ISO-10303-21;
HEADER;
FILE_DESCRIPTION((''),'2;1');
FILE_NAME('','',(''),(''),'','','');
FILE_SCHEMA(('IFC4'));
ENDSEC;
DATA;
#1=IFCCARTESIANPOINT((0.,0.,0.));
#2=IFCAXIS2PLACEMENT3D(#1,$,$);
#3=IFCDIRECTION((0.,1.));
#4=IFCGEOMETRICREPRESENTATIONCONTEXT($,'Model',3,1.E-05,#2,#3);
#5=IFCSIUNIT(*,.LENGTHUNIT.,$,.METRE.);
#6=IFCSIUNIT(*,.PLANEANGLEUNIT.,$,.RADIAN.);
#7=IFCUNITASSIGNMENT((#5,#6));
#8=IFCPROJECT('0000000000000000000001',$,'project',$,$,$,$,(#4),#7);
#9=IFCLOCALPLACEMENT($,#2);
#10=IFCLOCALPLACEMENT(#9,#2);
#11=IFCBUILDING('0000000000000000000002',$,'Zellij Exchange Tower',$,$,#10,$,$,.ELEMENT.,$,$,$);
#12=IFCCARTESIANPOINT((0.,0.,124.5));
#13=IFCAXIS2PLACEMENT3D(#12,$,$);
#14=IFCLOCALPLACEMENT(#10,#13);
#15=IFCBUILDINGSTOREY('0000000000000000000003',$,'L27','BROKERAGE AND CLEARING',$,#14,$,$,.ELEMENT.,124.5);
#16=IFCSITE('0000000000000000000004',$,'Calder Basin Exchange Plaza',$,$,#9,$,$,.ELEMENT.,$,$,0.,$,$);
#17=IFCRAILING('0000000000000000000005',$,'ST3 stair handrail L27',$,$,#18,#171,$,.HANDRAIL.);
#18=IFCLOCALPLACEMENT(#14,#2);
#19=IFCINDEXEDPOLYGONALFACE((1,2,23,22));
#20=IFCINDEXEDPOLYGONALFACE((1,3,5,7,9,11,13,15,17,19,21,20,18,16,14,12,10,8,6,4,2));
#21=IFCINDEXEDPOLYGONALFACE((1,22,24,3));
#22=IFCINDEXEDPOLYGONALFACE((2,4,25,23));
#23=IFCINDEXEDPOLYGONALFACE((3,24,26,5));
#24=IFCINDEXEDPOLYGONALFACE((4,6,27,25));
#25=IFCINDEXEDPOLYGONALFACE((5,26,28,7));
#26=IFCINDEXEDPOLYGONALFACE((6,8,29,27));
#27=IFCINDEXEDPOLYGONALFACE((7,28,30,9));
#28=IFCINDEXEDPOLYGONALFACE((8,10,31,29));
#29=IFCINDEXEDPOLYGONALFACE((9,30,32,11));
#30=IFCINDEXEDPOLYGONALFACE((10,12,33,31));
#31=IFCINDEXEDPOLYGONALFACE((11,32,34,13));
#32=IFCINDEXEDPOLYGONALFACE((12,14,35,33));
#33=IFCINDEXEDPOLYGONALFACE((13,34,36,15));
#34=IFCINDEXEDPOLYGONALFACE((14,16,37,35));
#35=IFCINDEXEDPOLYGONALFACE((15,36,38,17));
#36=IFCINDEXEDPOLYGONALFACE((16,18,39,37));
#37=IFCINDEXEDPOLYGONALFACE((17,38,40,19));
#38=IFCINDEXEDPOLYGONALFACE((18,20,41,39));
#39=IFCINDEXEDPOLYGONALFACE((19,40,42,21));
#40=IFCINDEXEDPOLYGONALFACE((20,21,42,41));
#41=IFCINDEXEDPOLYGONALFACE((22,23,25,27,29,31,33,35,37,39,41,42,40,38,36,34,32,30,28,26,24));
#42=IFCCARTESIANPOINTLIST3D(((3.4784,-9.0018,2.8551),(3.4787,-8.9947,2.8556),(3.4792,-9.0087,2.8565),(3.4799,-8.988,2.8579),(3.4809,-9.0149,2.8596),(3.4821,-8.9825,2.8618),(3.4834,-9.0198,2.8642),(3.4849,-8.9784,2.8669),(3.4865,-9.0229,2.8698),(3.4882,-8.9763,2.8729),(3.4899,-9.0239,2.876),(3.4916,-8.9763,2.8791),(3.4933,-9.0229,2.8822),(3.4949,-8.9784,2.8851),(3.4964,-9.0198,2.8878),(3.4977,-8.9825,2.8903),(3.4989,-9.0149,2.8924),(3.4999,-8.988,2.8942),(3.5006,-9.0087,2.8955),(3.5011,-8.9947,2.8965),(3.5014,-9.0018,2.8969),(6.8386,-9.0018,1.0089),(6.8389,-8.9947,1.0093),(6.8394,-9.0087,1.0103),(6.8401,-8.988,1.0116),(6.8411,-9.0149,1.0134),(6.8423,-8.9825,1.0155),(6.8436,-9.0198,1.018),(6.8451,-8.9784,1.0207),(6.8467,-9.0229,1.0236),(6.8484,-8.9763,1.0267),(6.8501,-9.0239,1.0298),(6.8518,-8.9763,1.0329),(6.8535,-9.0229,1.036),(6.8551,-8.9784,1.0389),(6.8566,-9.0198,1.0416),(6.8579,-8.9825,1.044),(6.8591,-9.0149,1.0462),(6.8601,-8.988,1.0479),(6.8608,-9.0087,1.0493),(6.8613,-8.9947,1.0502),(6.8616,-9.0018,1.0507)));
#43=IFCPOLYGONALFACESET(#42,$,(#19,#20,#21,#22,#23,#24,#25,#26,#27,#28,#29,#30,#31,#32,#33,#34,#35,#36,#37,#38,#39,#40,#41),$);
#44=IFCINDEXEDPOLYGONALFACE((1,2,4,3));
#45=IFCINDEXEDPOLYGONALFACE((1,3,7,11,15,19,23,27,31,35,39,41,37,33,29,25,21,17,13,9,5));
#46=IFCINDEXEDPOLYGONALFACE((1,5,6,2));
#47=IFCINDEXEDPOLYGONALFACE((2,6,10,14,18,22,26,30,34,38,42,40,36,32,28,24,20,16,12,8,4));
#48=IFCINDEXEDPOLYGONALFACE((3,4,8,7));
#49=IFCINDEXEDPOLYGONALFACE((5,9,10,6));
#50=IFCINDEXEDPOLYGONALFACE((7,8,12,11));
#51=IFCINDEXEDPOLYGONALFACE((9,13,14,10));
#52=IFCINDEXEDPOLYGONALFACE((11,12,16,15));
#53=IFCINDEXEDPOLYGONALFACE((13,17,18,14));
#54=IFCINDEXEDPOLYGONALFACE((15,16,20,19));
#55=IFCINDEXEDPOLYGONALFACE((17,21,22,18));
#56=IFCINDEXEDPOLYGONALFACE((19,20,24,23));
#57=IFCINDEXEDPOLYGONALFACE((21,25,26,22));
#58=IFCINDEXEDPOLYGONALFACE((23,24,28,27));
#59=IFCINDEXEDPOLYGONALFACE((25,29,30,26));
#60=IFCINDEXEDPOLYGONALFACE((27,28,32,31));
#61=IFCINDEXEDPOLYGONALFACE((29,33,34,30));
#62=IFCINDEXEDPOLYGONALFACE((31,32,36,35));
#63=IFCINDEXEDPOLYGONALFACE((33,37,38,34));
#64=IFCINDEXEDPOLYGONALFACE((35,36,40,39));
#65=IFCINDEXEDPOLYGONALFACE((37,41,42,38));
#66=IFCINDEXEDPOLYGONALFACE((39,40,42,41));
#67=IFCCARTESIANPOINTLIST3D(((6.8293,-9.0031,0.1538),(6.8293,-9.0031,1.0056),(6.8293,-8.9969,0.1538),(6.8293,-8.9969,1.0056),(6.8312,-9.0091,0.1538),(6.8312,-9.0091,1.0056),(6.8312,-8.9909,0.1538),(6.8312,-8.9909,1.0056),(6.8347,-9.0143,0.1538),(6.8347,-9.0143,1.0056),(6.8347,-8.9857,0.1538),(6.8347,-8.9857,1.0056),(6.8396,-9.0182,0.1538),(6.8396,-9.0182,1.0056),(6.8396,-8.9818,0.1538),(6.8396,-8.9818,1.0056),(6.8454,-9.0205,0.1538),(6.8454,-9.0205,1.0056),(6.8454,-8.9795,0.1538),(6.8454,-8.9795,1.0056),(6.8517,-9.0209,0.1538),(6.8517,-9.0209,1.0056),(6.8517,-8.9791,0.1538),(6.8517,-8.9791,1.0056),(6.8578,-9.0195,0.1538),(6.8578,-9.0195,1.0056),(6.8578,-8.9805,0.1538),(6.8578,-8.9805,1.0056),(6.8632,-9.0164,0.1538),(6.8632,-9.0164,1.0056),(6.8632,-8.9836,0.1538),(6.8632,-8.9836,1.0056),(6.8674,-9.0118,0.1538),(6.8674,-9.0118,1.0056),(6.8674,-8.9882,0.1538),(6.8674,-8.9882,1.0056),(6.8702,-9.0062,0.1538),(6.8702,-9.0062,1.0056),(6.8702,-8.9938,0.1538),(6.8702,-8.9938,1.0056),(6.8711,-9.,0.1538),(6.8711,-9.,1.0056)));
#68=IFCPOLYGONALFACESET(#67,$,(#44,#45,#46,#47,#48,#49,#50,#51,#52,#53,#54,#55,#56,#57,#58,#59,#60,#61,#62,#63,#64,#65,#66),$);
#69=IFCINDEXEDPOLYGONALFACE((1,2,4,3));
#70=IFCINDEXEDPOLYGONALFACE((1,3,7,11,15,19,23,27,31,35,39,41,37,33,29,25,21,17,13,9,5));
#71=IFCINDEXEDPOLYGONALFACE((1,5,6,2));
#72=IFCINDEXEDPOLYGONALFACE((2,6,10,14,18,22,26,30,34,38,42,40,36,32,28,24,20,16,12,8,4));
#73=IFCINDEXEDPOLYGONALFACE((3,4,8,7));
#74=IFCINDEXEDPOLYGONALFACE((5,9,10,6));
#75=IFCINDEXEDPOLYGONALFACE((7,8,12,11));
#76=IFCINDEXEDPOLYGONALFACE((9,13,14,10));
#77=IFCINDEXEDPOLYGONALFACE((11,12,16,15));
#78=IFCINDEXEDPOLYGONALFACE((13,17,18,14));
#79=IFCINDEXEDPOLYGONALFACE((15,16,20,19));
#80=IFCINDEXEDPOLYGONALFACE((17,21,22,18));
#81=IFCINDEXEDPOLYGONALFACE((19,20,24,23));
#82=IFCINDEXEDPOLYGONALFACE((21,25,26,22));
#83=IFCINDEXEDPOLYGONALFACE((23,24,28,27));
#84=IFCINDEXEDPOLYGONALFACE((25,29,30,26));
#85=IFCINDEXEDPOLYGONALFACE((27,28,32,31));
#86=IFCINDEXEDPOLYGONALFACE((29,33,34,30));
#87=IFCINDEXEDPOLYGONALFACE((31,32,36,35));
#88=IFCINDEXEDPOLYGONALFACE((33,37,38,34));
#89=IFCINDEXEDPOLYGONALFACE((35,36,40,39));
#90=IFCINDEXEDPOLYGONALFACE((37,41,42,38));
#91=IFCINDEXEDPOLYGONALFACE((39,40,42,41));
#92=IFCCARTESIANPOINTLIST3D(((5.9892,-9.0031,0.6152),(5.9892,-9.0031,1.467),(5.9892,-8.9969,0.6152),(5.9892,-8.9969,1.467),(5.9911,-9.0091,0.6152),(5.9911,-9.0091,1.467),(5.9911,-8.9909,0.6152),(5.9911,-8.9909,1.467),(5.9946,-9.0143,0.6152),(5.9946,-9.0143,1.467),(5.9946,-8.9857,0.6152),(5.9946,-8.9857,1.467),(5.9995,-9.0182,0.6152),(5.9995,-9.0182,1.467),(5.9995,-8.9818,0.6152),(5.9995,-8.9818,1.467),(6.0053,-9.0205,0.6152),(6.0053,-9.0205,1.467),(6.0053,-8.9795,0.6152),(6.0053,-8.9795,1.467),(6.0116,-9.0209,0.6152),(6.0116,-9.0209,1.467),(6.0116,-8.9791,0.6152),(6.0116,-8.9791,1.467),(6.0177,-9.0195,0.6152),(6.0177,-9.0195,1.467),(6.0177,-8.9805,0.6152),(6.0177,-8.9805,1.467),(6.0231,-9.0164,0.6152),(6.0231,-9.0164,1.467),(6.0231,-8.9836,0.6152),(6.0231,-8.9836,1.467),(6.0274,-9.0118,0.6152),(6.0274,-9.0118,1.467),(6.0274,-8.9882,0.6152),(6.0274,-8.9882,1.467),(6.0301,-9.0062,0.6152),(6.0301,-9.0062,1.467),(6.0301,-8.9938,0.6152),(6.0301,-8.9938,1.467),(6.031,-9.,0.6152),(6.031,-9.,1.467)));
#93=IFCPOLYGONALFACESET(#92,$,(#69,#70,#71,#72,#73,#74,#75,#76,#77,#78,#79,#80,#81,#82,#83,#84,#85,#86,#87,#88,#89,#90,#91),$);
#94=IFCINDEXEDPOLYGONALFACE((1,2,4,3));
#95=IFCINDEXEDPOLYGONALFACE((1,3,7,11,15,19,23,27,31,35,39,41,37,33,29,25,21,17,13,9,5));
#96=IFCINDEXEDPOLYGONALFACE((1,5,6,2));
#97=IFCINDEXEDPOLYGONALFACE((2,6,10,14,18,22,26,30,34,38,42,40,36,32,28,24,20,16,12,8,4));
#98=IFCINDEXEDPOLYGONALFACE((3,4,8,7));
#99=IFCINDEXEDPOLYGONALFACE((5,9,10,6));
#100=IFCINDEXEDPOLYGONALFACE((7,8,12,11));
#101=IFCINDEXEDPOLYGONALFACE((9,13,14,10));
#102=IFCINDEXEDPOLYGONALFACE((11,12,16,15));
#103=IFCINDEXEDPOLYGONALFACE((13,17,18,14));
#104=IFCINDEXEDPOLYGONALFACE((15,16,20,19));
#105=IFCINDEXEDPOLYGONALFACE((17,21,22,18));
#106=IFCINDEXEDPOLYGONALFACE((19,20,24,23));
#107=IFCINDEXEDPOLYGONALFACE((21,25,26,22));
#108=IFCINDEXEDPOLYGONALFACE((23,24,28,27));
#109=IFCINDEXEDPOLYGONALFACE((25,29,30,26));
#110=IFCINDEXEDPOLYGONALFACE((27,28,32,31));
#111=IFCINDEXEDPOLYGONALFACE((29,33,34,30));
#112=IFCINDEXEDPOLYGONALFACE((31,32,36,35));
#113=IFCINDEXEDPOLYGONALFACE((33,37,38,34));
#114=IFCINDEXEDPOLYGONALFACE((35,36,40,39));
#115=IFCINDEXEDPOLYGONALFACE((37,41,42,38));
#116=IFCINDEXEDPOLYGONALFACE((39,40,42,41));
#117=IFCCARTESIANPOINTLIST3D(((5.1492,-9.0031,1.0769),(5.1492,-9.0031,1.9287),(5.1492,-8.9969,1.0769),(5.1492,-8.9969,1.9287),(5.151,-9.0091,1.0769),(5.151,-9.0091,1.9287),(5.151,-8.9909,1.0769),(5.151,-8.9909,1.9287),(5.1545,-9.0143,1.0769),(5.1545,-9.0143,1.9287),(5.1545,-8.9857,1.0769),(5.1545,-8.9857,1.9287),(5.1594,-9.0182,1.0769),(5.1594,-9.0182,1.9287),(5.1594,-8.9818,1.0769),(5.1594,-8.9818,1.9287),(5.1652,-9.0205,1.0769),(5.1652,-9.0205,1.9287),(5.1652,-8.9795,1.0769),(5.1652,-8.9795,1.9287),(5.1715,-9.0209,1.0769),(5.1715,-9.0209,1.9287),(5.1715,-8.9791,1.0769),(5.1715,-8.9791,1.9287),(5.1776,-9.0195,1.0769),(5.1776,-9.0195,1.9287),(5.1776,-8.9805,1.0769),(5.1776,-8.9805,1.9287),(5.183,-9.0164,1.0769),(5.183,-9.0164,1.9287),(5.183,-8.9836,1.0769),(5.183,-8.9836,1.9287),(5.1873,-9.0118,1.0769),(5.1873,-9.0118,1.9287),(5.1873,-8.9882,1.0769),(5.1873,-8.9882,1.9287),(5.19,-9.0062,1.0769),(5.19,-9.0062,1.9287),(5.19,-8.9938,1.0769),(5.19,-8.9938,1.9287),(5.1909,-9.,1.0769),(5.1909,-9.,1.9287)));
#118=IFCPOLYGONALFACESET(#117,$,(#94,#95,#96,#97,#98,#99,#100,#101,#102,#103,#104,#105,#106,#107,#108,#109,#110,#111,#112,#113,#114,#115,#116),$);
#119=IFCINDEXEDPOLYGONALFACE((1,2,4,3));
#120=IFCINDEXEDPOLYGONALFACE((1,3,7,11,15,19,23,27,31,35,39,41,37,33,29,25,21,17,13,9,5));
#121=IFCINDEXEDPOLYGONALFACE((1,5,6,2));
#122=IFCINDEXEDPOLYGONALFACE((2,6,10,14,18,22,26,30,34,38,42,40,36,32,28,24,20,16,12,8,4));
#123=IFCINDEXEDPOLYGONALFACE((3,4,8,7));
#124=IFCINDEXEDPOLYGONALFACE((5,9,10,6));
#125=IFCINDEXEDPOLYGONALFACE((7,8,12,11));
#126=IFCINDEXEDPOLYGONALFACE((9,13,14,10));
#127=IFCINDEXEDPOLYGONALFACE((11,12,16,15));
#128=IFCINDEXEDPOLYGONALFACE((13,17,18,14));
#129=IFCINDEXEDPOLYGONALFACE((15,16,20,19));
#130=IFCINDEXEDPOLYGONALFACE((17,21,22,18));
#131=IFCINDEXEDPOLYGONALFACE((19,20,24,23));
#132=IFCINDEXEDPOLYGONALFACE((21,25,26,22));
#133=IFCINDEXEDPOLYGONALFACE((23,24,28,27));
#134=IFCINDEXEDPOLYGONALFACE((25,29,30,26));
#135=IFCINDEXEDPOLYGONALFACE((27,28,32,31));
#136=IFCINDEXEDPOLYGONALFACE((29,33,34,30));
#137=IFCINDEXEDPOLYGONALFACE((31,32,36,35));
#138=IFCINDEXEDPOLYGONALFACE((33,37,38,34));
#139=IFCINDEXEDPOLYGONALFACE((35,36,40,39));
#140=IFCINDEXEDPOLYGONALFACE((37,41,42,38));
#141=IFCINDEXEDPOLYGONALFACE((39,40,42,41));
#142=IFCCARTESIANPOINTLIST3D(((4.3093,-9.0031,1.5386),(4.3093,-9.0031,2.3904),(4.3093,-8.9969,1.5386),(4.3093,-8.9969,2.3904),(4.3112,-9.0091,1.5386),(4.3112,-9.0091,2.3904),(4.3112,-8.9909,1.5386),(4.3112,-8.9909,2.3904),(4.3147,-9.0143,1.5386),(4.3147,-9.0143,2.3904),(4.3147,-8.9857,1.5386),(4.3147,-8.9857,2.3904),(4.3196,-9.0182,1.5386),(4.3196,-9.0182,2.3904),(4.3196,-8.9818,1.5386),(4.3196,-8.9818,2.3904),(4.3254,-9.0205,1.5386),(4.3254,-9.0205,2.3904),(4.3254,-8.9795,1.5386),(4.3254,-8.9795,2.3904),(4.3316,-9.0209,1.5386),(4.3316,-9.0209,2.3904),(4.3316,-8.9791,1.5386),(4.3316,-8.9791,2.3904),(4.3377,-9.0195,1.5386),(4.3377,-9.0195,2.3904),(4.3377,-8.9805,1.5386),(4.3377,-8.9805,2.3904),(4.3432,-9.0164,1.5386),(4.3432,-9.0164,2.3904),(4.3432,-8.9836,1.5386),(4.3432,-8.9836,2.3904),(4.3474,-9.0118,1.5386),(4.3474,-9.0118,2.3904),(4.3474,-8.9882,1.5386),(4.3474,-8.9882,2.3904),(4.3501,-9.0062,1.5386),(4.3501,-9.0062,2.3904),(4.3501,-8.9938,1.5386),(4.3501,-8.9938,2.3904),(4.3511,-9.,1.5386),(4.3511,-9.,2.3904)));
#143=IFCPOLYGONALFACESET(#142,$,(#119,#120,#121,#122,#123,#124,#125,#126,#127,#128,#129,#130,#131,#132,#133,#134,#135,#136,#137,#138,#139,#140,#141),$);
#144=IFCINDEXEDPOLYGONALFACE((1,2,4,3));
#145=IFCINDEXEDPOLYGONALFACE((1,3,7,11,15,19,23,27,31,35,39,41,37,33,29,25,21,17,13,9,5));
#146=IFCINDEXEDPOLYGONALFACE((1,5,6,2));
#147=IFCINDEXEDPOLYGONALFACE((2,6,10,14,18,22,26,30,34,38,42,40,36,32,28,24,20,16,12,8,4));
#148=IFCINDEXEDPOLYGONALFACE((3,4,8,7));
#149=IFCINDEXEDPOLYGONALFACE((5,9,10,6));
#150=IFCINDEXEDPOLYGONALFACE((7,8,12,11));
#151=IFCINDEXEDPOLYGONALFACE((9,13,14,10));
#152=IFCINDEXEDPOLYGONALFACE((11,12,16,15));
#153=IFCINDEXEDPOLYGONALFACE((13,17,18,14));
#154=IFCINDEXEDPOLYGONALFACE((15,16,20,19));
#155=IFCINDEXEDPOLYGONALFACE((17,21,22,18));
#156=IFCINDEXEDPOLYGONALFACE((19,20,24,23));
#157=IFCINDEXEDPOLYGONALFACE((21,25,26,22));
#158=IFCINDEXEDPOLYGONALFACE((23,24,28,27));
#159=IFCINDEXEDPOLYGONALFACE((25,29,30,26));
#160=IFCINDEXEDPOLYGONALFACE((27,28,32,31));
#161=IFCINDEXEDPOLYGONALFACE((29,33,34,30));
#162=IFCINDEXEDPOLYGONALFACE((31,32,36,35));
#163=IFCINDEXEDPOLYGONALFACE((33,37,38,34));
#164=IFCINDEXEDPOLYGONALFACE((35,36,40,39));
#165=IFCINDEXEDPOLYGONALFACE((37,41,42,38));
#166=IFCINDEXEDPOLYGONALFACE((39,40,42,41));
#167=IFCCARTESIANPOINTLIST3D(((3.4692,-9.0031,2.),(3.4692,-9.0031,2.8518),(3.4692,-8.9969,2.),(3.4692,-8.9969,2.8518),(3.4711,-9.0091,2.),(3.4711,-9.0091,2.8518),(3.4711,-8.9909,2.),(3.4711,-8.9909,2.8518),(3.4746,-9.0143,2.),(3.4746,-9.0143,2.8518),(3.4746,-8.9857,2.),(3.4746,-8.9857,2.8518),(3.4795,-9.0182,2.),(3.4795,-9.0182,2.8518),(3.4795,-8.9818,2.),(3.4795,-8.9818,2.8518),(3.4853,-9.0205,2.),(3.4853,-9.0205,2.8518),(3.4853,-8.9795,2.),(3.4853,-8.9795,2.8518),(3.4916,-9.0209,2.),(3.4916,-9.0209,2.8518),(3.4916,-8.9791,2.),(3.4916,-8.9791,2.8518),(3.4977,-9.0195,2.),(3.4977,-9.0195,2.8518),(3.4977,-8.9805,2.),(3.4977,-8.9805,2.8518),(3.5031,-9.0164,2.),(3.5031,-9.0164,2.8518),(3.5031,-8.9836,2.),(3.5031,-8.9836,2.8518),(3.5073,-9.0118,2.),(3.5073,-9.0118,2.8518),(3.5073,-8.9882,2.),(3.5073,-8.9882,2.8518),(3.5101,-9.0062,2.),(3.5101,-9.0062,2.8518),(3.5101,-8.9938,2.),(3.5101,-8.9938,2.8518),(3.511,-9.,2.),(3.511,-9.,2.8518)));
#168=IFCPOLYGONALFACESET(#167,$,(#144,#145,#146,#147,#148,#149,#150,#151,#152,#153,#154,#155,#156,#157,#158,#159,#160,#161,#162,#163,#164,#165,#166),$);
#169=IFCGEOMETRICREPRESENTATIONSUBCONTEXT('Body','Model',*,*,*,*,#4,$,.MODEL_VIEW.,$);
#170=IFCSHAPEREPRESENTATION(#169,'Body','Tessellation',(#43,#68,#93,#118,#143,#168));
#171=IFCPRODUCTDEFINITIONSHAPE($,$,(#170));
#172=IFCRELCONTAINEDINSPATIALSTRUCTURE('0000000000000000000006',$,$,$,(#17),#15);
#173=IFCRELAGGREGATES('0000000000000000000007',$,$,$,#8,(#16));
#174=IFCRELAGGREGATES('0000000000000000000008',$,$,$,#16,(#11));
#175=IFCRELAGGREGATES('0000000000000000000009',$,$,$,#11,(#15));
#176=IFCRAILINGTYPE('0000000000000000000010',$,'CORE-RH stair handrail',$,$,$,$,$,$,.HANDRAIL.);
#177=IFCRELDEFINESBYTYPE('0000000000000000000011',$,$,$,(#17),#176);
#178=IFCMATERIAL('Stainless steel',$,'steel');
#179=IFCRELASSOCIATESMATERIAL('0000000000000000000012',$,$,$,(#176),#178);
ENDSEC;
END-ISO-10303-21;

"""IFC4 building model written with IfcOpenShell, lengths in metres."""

from ifc_helpers import new_model, si_unit, direction, frame, origin, origin_2d, place, context, subcontext, project, spatial, circle, extrude, material, type_object, element, save


model = new_model("IFC4")

# Units and contexts
model_context = context("Model", 3, precision=1e-05, world=origin(), true_north=direction((0.0, 1.0)))
body_context = subcontext(model_context, "Body", "Model", "MODEL_VIEW")
ifc_project = project(units=[si_unit("LENGTHUNIT", "METRE"), si_unit("PLANEANGLEUNIT", "RADIAN")], contexts=[model_context])

# Site, building, storey
site_placement = place(None, origin())
site = spatial("IfcSite", under=ifc_project, at=site_placement, Name="Calder Basin Exchange Plaza", CompositionType="ELEMENT", RefElevation=0.0)
building_placement = place(site_placement, origin())
building = spatial("IfcBuilding", under=site, at=building_placement, Name="Zellij Exchange Tower", CompositionType="ELEMENT")
storey_placement = place(building_placement, frame((0.0, 0.0, 124.5)))
storey = spatial("IfcBuildingStorey", under=building, at=storey_placement, Name="L27", Description="BROKERAGE AND CLEARING", CompositionType="ELEMENT", Elevation=124.5)

# Railing
ifc_material_1 = material(Name="Stainless steel", Category="steel")
railing_type_1 = type_object("IfcRailingType", Name="CORE-RH stair handrail", PredefinedType="HANDRAIL", material=ifc_material_1)
railing_1_placement = place(storey_placement, frame((6.8501, -9.0, 0.1538)))
element("IfcRailing", 1, at=railing_1_placement, inside=storey, type_object=railing_type_1, Name="ST3 stair handrail L27", PredefinedType="HANDRAIL", context=body_context, shape_type="SweptSolid", body=[
    extrude(circle(Radius=0.0239, at=origin_2d()), frame((0.0, 0.0, 0.876), z_axis=(-0.876422, 0.0, 0.481545), x_axis=(0.0, -1.0, 0.0)), (0.0, 0.0, 1.0), 3.834),
    extrude(circle(Radius=0.021, at=origin_2d()), origin(), (0.0, 0.0, 1.0), 0.8518),
    extrude(circle(Radius=0.021, at=origin_2d()), frame((-0.8401, 0.0, 0.4614)), (0.0, 0.0, 1.0), 0.8518),
    extrude(circle(Radius=0.021, at=origin_2d()), frame((-1.6802, 0.0, 0.9231)), (0.0, 0.0, 1.0), 0.8518),
    extrude(circle(Radius=0.021, at=origin_2d()), frame((-2.52, 0.0, 1.3848)), (0.0, 0.0, 1.0), 0.8518),
    extrude(circle(Radius=0.021, at=origin_2d()), frame((-3.3601, 0.0, 1.8462)), (0.0, 0.0, 1.0), 0.8518),
])

save(model, "model.ifc")
